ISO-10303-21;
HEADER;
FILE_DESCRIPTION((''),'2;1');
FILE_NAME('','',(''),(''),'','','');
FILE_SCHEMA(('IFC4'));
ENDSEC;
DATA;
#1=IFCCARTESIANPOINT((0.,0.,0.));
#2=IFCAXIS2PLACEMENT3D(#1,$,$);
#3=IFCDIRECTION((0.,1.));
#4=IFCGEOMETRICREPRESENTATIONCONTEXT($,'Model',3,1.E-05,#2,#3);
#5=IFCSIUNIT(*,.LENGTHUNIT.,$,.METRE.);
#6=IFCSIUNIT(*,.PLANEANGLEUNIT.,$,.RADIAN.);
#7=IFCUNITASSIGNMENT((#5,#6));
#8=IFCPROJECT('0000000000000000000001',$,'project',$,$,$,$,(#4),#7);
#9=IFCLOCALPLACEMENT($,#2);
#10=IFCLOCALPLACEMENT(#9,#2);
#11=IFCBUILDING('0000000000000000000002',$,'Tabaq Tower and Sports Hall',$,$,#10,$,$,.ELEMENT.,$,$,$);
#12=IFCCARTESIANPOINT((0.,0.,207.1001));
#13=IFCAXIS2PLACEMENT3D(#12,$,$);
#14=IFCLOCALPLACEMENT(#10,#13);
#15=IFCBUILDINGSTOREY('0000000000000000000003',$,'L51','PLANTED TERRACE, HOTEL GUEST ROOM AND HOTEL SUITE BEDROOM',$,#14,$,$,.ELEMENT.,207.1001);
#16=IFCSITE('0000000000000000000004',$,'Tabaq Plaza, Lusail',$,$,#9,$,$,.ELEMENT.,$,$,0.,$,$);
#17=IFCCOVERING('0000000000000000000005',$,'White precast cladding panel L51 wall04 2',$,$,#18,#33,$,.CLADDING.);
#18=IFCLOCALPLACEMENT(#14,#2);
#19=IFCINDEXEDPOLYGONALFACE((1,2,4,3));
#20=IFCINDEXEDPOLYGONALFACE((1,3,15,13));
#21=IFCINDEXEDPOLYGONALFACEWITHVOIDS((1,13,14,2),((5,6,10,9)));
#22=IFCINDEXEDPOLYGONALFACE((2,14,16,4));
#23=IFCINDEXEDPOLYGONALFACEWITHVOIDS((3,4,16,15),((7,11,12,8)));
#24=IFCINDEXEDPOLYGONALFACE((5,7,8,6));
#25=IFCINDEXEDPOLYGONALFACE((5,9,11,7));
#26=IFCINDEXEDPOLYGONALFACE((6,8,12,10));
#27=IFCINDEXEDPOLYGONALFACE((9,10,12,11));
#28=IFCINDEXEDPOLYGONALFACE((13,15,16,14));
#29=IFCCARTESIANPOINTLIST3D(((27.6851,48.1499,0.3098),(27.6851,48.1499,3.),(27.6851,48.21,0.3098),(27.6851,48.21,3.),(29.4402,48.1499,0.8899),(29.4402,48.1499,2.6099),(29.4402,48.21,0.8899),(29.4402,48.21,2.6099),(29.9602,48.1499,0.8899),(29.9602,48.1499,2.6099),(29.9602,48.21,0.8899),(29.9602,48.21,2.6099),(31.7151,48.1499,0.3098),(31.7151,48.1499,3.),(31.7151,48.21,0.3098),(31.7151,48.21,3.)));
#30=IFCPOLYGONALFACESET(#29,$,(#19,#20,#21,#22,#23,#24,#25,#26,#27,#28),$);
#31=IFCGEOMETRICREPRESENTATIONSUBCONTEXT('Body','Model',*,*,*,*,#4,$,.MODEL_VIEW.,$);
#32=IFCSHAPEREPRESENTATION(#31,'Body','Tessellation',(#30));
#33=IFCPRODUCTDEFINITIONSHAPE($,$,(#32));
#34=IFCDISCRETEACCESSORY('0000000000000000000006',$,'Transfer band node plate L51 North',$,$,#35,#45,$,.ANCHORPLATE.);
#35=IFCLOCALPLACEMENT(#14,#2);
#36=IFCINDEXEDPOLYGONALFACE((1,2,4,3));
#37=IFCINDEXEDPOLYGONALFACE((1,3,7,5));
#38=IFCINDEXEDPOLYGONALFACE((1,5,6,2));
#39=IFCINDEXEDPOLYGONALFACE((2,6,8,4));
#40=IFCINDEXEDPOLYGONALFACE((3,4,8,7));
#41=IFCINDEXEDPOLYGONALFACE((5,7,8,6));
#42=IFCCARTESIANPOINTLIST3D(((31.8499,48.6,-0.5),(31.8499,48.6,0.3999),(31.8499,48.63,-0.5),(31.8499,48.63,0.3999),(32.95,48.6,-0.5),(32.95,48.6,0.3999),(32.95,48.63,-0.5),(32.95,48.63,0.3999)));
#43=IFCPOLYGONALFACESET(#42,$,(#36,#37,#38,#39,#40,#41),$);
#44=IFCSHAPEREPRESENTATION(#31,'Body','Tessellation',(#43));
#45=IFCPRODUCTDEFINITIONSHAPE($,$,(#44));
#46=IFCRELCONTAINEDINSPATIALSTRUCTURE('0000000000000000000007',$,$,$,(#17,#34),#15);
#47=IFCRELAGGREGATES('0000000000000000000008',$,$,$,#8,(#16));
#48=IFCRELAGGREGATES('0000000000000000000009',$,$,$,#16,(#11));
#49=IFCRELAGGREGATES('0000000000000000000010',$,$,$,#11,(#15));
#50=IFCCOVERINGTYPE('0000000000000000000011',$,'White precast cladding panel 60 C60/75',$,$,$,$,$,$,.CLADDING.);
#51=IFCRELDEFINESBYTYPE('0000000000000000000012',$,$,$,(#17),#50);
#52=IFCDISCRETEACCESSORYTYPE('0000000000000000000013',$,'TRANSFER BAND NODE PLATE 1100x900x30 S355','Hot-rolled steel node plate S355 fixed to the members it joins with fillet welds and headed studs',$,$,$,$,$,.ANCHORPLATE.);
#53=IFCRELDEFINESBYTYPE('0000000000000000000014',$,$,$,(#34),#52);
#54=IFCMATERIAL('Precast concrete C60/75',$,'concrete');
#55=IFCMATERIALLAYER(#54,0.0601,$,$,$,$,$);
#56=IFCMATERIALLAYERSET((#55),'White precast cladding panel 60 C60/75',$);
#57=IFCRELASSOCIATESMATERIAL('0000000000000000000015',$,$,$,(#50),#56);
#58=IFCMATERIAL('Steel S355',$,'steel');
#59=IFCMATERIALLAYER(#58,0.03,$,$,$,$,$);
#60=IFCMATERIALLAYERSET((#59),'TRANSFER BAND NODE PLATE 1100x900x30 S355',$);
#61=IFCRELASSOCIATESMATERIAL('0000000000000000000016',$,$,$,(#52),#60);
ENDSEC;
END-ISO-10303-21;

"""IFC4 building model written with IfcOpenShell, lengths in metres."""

from ifc_helpers import new_model, si_unit, direction, frame, origin, origin_2d, place, context, subcontext, project, spatial, polyline, rectangle, outline, extrude, material, layer, layer_set, type_object, element, save


model = new_model("IFC4")

# Units and contexts
model_context = context("Model", 3, precision=1e-05, world=origin(), true_north=direction((0.0, 1.0)))
body_context = subcontext(model_context, "Body", "Model", "MODEL_VIEW")
ifc_project = project(units=[si_unit("LENGTHUNIT", "METRE"), si_unit("PLANEANGLEUNIT", "RADIAN")], contexts=[model_context])

# Site, building, storey
site_placement = place(None, origin())
site = spatial("IfcSite", under=ifc_project, at=site_placement, Name="Tabaq Plaza, Lusail", CompositionType="ELEMENT", RefElevation=0.0)
building_placement = place(site_placement, origin())
building = spatial("IfcBuilding", under=site, at=building_placement, Name="Tabaq Tower and Sports Hall", CompositionType="ELEMENT")
storey_placement = place(building_placement, frame((0.0, 0.0, 207.1001)))
storey = spatial("IfcBuildingStorey", under=building, at=storey_placement, Name="L51", Description="PLANTED TERRACE, HOTEL GUEST ROOM AND HOTEL SUITE BEDROOM", CompositionType="ELEMENT", Elevation=207.1001)

# Covering
ifc_material_1 = material(Name="Precast concrete C60/75", Category="concrete")
ifc_layer_1 = layer(ifc_material_1, 0.0601)
ifc_layer_set_1 = layer_set([ifc_layer_1], Name="White precast cladding panel 60 C60/75")
covering_type_1 = type_object("IfcCoveringType", Name="White precast cladding panel 60 C60/75", PredefinedType="CLADDING", material=ifc_layer_set_1)
covering_1_placement = place(storey_placement, frame((31.7151, 48.1799, 0.3098), z_axis=(0.0, 0.0, 1.0), x_axis=(-1.0, 0.0, 0.0)))
element("IfcCovering", 1, at=covering_1_placement, inside=storey, type_object=covering_type_1, Name="White precast cladding panel L51 wall04 2", PredefinedType="CLADDING", context=body_context, shape_type="SweptSolid", body=[
    extrude(outline(polyline([(0.0, 0.0), (4.03, 0.0), (4.03, 2.6902), (0.0, 2.6902), (0.0, 0.0)]), holes=[polyline([(1.7549, 0.5801), (1.7549, 2.3), (2.2749, 2.3), (2.2749, 0.5801), (1.7549, 0.5801)])]), frame((0.0, 0.03, 0.0), z_axis=(0.0, -1.0, 0.0), x_axis=(1.0, 0.0, 0.0)), (0.0, 0.0, 1.0), 0.0601),
])

# Discrete accessory
ifc_material_2 = material(Name="Steel S355", Category="steel")
ifc_layer_2 = layer(ifc_material_2, 0.03)
ifc_layer_set_2 = layer_set([ifc_layer_2], Name="TRANSFER BAND NODE PLATE 1100x900x30 S355")
discrete_accessory_type = type_object("IfcDiscreteAccessoryType", Name="TRANSFER BAND NODE PLATE 1100x900x30 S355", Description="Hot-rolled steel node plate S355 fixed to the members it joins with fillet welds and headed studs", PredefinedType="ANCHORPLATE", material=ifc_layer_set_2)
discrete_accessory_placement = place(storey_placement, frame((32.3999, 48.615, -0.5), z_axis=(0.0, 0.0, 1.0), x_axis=(-1.0, 0.0, 0.0)))
element("IfcDiscreteAccessory", 2, at=discrete_accessory_placement, inside=storey, type_object=discrete_accessory_type, Name="Transfer band node plate L51 North", PredefinedType="ANCHORPLATE", context=body_context, shape_type="SweptSolid", body=[
    extrude(rectangle(XDim=1.1001, YDim=0.03, at=origin_2d()), origin(), (0.0, 0.0, 1.0), 0.8999),
])

save(model, "model.ifc")
